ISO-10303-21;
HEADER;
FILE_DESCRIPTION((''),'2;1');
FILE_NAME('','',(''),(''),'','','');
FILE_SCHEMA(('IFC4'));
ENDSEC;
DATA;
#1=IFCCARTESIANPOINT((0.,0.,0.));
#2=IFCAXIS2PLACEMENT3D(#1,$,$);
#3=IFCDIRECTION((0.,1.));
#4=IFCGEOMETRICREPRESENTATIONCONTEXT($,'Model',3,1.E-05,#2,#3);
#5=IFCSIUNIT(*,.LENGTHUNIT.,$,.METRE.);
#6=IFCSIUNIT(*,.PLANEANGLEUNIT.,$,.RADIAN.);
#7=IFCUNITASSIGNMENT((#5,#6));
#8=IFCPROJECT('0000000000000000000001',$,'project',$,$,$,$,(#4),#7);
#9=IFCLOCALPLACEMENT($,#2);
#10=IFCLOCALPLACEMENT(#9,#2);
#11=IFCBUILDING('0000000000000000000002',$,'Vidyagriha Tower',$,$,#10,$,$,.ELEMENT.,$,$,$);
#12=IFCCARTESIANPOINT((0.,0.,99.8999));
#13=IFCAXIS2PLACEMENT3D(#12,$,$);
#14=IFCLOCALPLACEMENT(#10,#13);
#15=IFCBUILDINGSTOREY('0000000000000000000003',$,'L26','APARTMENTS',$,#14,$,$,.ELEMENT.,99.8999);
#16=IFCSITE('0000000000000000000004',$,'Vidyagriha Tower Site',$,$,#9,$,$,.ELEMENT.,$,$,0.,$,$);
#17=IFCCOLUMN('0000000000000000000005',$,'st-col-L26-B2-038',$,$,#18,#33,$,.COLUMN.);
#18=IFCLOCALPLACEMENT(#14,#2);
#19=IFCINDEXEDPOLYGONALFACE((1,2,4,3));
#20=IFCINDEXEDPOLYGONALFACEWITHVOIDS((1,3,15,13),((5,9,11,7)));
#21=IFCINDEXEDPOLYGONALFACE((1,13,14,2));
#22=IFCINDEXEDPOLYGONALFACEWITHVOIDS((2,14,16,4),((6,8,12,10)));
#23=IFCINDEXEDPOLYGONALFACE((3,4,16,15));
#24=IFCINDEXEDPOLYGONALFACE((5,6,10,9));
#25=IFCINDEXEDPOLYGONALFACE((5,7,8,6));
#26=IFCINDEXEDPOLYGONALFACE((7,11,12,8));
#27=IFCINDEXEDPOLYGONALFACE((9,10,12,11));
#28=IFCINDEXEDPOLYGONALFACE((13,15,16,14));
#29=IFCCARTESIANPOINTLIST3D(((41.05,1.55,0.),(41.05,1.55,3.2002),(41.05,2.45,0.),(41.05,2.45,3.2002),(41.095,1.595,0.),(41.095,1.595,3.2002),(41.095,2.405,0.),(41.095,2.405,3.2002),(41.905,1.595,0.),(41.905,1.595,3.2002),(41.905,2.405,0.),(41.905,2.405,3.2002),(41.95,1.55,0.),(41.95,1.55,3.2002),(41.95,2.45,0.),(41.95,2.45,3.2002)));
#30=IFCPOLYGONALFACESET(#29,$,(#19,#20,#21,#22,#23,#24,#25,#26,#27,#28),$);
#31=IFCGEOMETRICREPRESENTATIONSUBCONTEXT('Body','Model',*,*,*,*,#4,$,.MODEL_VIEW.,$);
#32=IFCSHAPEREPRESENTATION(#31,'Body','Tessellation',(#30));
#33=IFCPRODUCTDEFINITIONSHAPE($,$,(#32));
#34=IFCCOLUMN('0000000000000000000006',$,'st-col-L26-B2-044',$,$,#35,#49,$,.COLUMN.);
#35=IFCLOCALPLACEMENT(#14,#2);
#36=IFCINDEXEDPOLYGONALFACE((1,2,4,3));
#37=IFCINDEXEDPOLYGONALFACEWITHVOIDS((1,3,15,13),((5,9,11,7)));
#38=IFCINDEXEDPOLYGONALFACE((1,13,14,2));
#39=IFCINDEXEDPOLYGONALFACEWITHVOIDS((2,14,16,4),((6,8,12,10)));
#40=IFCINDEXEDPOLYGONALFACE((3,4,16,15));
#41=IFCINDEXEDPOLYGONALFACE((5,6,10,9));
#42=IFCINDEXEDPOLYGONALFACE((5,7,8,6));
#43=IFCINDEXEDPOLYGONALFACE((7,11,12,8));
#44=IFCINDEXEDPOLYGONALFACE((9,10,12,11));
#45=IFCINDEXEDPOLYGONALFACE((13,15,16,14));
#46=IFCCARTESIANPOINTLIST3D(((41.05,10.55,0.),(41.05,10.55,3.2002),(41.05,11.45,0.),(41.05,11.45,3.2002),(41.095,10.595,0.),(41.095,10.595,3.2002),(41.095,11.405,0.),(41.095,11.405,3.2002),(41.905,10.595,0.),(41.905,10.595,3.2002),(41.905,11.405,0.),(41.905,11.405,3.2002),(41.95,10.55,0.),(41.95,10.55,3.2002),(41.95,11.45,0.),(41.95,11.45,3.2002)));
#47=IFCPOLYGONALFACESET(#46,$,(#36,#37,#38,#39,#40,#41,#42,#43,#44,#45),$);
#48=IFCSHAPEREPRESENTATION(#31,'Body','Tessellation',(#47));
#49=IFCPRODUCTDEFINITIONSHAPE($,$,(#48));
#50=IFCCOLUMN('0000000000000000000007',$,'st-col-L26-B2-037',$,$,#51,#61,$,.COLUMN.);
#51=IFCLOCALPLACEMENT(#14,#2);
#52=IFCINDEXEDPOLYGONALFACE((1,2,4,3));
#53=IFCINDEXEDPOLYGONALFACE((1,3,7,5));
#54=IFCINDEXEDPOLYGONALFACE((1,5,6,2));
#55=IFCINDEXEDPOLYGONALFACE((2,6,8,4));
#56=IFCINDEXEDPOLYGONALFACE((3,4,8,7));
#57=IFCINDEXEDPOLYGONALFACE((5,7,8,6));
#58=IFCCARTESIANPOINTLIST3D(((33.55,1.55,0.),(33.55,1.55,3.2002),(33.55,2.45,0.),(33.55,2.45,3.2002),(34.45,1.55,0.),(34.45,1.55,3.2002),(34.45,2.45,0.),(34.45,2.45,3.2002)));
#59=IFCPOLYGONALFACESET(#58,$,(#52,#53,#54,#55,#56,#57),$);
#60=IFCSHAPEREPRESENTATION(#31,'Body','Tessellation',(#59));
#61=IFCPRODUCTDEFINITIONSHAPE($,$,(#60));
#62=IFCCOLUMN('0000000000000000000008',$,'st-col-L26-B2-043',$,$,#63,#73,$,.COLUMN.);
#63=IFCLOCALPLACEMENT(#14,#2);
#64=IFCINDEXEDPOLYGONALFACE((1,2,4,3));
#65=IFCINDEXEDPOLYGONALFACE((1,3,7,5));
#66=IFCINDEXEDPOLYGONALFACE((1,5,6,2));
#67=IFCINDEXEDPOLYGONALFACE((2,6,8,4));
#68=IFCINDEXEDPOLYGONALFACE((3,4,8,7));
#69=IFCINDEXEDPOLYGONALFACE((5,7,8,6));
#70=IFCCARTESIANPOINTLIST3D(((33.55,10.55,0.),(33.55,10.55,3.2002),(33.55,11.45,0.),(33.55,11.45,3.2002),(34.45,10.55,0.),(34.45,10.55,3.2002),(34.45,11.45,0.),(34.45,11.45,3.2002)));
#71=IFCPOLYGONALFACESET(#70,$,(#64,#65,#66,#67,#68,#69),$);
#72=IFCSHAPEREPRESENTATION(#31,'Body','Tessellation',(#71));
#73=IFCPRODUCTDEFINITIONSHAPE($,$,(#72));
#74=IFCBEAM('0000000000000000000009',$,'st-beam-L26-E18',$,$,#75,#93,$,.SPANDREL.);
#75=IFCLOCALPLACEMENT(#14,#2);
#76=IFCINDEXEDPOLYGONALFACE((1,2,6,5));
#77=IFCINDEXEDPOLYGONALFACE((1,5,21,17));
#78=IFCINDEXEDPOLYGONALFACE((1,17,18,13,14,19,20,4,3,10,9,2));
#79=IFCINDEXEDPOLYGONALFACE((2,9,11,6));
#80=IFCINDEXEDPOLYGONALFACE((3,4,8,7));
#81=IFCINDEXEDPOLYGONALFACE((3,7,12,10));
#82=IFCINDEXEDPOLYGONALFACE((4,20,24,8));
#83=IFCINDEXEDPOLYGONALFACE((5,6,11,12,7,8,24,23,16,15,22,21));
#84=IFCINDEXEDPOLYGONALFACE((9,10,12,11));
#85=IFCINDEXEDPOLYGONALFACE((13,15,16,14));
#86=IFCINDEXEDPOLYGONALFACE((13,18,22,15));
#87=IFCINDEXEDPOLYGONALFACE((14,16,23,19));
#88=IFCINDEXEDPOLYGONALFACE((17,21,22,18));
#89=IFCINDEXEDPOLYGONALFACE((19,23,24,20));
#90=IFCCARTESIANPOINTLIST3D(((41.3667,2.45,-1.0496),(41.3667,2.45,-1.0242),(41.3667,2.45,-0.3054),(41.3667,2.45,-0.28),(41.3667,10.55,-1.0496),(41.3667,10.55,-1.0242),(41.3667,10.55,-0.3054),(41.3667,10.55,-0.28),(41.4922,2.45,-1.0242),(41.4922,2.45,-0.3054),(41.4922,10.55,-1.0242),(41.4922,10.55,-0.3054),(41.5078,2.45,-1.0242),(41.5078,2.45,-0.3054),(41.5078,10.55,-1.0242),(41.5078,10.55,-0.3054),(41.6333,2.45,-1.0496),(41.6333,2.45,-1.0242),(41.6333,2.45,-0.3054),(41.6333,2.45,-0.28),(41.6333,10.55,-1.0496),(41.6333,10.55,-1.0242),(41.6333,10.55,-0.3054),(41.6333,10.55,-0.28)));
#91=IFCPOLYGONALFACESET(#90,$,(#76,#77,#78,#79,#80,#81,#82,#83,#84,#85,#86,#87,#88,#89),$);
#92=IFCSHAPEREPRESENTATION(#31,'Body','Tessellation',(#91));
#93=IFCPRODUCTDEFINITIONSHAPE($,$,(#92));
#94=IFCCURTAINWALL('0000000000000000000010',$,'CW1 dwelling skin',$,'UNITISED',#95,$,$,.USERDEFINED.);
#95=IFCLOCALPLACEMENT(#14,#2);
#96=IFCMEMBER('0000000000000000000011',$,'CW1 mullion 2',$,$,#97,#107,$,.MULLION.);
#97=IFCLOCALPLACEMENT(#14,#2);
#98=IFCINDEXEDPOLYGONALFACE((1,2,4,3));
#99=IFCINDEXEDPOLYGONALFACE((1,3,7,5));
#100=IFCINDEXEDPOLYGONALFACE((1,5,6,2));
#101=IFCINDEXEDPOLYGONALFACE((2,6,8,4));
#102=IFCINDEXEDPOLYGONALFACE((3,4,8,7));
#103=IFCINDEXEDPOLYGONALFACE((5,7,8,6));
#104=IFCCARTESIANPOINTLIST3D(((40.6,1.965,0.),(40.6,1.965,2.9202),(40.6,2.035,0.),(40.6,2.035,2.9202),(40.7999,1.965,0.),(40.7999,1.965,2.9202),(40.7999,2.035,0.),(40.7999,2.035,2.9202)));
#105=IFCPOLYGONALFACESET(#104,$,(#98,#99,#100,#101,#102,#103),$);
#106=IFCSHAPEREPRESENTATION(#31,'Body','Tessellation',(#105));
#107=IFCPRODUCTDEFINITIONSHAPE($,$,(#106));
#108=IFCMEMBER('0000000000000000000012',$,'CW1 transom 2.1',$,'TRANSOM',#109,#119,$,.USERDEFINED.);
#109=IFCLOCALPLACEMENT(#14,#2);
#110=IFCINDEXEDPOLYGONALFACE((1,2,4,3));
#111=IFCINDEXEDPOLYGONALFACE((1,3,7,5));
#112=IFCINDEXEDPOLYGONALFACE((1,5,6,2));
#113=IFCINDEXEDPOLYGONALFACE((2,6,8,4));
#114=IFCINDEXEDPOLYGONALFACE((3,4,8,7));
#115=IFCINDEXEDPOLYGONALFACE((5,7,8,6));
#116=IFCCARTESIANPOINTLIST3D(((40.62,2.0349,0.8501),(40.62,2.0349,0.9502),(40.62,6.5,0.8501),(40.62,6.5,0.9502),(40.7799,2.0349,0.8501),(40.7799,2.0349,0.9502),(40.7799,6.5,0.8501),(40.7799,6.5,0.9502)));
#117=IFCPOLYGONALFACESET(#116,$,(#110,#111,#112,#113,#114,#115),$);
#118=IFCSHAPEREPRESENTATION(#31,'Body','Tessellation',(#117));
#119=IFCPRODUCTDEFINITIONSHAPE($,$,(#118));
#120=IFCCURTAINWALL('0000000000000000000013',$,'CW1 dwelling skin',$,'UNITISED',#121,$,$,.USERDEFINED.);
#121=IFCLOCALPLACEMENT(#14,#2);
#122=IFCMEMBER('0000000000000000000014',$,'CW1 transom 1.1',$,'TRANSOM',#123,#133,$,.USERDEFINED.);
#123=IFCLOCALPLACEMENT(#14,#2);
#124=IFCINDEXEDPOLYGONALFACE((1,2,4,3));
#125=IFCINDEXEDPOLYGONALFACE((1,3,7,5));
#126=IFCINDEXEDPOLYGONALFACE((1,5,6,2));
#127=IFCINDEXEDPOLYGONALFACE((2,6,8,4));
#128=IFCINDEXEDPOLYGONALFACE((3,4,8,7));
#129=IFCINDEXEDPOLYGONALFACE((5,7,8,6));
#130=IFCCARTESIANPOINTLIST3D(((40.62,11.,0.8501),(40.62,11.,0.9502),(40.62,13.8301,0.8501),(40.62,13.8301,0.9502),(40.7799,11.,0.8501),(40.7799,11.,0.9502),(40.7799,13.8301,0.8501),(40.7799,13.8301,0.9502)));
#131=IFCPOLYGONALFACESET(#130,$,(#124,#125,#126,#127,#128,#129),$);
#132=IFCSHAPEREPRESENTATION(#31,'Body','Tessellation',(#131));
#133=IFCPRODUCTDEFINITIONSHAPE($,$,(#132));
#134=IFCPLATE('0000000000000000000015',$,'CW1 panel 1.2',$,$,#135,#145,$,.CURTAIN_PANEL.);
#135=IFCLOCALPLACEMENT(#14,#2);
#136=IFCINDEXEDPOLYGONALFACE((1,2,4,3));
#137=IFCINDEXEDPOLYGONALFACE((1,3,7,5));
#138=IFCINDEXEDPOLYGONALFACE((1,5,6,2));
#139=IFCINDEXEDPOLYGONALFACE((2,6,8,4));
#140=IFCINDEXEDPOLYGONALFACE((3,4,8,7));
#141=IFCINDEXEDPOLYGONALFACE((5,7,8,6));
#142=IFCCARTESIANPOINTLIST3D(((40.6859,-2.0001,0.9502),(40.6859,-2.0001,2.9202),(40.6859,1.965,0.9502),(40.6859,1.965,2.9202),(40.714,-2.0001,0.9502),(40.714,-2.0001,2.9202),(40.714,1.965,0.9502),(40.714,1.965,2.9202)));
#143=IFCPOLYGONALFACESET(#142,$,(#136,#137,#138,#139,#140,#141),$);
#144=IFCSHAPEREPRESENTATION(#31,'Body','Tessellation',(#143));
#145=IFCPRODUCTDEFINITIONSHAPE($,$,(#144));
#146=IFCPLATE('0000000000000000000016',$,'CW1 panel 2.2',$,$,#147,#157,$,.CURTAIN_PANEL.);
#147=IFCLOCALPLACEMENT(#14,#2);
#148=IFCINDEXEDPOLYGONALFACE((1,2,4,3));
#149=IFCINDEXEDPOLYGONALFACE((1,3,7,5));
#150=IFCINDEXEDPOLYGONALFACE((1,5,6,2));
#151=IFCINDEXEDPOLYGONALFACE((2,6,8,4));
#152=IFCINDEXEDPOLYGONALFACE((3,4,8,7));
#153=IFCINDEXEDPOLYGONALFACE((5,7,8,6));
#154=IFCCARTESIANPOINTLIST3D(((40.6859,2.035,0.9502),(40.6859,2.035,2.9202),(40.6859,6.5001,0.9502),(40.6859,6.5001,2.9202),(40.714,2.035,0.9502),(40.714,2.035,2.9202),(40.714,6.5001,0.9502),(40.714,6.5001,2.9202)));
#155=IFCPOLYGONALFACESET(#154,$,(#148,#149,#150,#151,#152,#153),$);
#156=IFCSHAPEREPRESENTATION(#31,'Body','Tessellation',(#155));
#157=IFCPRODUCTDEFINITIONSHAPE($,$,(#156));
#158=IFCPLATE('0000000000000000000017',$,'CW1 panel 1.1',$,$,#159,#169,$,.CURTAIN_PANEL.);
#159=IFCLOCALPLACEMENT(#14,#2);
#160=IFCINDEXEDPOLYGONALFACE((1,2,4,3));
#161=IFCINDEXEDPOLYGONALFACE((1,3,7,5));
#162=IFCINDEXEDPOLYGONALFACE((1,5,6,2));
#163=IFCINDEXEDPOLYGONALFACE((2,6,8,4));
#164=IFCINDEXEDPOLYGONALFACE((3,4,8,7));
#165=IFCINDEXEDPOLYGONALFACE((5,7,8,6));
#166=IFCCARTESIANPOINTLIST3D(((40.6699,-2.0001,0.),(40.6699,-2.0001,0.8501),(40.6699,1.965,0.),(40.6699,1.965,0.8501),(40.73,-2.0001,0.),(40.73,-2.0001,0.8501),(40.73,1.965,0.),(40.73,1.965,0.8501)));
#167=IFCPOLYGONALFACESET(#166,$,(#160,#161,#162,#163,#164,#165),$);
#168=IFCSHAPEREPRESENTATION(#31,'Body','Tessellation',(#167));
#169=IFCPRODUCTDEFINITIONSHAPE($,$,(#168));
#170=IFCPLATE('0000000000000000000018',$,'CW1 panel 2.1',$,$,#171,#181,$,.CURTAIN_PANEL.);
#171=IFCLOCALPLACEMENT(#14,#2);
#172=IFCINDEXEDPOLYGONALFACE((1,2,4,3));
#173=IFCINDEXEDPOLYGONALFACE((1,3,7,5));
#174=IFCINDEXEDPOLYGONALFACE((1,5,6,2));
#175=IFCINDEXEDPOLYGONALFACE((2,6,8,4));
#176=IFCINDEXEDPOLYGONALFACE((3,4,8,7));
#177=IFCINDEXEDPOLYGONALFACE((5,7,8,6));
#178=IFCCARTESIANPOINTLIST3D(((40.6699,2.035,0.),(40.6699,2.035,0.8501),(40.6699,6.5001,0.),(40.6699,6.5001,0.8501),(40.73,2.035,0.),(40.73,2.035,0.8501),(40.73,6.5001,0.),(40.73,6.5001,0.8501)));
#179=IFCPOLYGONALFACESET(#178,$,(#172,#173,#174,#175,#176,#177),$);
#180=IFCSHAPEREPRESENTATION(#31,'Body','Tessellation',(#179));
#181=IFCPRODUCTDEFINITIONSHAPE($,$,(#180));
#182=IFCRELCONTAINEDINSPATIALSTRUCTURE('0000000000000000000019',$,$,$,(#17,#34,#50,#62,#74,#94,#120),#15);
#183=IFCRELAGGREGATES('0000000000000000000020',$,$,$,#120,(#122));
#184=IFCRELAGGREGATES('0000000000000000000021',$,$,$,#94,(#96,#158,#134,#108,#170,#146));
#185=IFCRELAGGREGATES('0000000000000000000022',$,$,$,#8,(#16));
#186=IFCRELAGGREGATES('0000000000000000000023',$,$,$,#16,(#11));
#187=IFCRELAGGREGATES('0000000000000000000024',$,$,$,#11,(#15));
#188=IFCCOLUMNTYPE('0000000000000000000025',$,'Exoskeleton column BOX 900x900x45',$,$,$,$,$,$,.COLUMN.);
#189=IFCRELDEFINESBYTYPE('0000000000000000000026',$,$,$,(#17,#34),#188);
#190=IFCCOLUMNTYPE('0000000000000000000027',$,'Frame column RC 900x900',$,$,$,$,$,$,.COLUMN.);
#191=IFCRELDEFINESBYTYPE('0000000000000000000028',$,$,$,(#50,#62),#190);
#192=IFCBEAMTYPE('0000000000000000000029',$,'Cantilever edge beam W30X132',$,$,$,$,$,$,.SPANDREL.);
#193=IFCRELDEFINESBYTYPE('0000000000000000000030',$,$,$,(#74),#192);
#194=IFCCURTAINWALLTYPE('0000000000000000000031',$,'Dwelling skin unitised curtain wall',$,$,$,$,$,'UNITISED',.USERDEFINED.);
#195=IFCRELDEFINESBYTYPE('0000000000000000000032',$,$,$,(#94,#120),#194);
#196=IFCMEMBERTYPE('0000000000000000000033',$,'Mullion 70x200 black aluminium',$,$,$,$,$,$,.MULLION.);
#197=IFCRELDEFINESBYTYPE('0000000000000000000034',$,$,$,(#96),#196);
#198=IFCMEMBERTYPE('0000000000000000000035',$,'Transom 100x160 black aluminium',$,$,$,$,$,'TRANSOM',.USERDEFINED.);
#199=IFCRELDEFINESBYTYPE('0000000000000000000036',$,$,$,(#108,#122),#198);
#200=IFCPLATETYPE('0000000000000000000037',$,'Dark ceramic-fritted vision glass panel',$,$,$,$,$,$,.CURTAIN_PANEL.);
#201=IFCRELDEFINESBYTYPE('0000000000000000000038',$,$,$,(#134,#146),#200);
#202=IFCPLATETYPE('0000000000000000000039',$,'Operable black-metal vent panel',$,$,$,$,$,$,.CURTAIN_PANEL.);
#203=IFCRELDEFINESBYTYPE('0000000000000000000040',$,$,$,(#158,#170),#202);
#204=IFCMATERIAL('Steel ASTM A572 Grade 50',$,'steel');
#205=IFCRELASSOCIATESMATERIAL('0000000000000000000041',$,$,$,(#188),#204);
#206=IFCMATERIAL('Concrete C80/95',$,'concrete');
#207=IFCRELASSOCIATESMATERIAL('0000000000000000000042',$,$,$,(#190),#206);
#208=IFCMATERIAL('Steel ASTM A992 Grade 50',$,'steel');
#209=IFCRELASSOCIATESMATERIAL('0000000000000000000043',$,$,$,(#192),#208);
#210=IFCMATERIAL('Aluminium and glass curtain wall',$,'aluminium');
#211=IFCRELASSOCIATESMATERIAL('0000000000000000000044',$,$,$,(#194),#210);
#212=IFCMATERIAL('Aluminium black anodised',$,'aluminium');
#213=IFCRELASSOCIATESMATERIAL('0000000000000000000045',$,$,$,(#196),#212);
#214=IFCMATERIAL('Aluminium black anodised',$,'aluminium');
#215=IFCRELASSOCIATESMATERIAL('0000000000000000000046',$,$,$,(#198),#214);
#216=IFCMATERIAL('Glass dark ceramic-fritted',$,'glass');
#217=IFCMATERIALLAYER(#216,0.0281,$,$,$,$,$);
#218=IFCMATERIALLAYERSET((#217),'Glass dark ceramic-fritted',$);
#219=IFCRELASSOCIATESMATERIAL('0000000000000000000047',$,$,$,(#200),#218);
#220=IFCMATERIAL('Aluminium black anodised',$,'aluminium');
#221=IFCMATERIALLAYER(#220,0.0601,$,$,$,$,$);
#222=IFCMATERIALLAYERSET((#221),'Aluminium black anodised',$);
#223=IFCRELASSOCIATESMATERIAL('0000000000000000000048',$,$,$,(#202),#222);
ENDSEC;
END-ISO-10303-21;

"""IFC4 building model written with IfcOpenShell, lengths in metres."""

from ifc_helpers import new_model, si_unit, direction, frame, origin, origin_2d, place, context, subcontext, project, spatial, rectangle, hollow_rectangle, i_section, extrude, material, layer, layer_set, material_profile, profile_set, type_object, element, aggregate, save


model = new_model("IFC4")

# Units and contexts
model_context = context("Model", 3, precision=1e-05, world=origin(), true_north=direction((0.0, 1.0)))
body_context = subcontext(model_context, "Body", "Model", "MODEL_VIEW")
ifc_project = project(units=[si_unit("LENGTHUNIT", "METRE"), si_unit("PLANEANGLEUNIT", "RADIAN")], contexts=[model_context])

# Site, building, storey
site_placement = place(None, origin())
site = spatial("IfcSite", under=ifc_project, at=site_placement, Name="Vidyagriha Tower Site", CompositionType="ELEMENT", RefElevation=0.0)
building_placement = place(site_placement, origin())
building = spatial("IfcBuilding", under=site, at=building_placement, Name="Vidyagriha Tower", CompositionType="ELEMENT")
storey_placement = place(building_placement, frame((0.0, 0.0, 99.8999)))
storey = spatial("IfcBuildingStorey", under=building, at=storey_placement, Name="L26", Description="APARTMENTS", CompositionType="ELEMENT", Elevation=99.8999)

# Columns
ifc_material_1 = material(Name="Steel ASTM A572 Grade 50", Category="steel")
ifc_material_profile_1 = material_profile(ifc_material_1, hollow_rectangle(XDim=0.8999, YDim=0.8999, WallThickness=0.0449, at=origin_2d()), Name="BOX 900x900x45")
ifc_profile_set_1 = profile_set([ifc_material_profile_1], Name="Steel ASTM A572 Grade 50")
column_type_1 = type_object("IfcColumnType", Name="Exoskeleton column BOX 900x900x45", PredefinedType="COLUMN", material=ifc_profile_set_1)
for number, where, name in (
    (1, (41.5, 2.0, 0.0), "st-col-L26-B2-038"),
    (2, (41.5, 11.0, 0.0), "st-col-L26-B2-044"),
):
    element("IfcColumn", number, at=place(storey_placement, frame(where)), inside=storey, type_object=column_type_1, Name=name, PredefinedType="COLUMN", context=body_context, shape_type="SweptSolid", body=[
        extrude(hollow_rectangle(XDim=0.8999, YDim=0.8999, WallThickness=0.0449, at=origin_2d()), origin(), (0.0, 0.0, 1.0), 3.2002),
    ])
ifc_material_2 = material(Name="Concrete C80/95", Category="concrete")
ifc_material_profile_2 = material_profile(ifc_material_2, rectangle(XDim=0.8999, YDim=0.8999, at=origin_2d()), Name="RC 900x900")
ifc_profile_set_2 = profile_set([ifc_material_profile_2], Name="Concrete C80/95")
column_type_2 = type_object("IfcColumnType", Name="Frame column RC 900x900", PredefinedType="COLUMN", material=ifc_profile_set_2)
for number, where, name in (
    (3, (34.0, 2.0, 0.0), "st-col-L26-B2-037"),
    (4, (34.0, 11.0, 0.0), "st-col-L26-B2-043"),
):
    element("IfcColumn", number, at=place(storey_placement, frame(where)), inside=storey, type_object=column_type_2, Name=name, PredefinedType="COLUMN", context=body_context, shape_type="SweptSolid", body=[
        extrude(rectangle(XDim=0.8999, YDim=0.8999, at=origin_2d()), origin(), (0.0, 0.0, 1.0), 3.2002),
    ])

# Beam
ifc_material_3 = material(Name="Steel ASTM A992 Grade 50", Category="steel")
ifc_material_profile_3 = material_profile(ifc_material_3, i_section(OverallWidth=0.2666, OverallDepth=0.7695, WebThickness=0.0156, FlangeThickness=0.0254, at=origin_2d()), Name="W30X132")
ifc_profile_set_3 = profile_set([ifc_material_profile_3], Name="Steel ASTM A992 Grade 50")
beam_type = type_object("IfcBeamType", Name="Cantilever edge beam W30X132", PredefinedType="SPANDREL", material=ifc_profile_set_3)
beam_placement = place(storey_placement, frame((41.5, 2.45, -0.6648), z_axis=(0.0, 1.0, 0.0), x_axis=(-1.0, 0.0, 0.0)))
element("IfcBeam", 5, at=beam_placement, inside=storey, type_object=beam_type, Name="st-beam-L26-E18", PredefinedType="SPANDREL", context=body_context, shape_type="SweptSolid", body=[
    extrude(i_section(OverallWidth=0.2666, OverallDepth=0.7695, WebThickness=0.0156, FlangeThickness=0.0254, at=origin_2d()), origin(), (0.0, 0.0, 1.0), 8.1001),
])

# Curtain wall, members
ifc_material_4 = material(Name="Aluminium and glass curtain wall", Category="aluminium")
curtain_wall_type = type_object("IfcCurtainWallType", Name="Dwelling skin unitised curtain wall", ElementType="UNITISED", PredefinedType="USERDEFINED", material=ifc_material_4)
curtain_wall_1_placement = place(storey_placement, origin())
curtain_wall_1 = element("IfcCurtainWall", 6, at=curtain_wall_1_placement, inside=storey, type_object=curtain_wall_type, Name="CW1 dwelling skin", ObjectType="UNITISED", PredefinedType="USERDEFINED")
ifc_material_5 = material(Name="Aluminium black anodised", Category="aluminium")
ifc_material_profile_4 = material_profile(ifc_material_5, rectangle(XDim=0.2, YDim=0.0701, at=origin_2d()), Name="Mullion 70x200 black aluminium")
ifc_profile_set_4 = profile_set([ifc_material_profile_4], Name="Aluminium black anodised")
member_type_1 = type_object("IfcMemberType", Name="Mullion 70x200 black aluminium", PredefinedType="MULLION", material=ifc_profile_set_4)
member_1_placement = place(storey_placement, frame((40.7, 2.0, 0.0), z_axis=(0.0, 0.0, 1.0), x_axis=(-1.0, 0.0, 0.0)))
member_1 = element("IfcMember", 7, at=member_1_placement, type_object=member_type_1, Name="CW1 mullion 2", PredefinedType="MULLION", context=body_context, shape_type="SweptSolid", body=[
    extrude(rectangle(XDim=0.2, YDim=0.0701, at=origin_2d()), origin(), (0.0, 0.0, 1.0), 2.9202),
])
ifc_material_6 = material(Name="Aluminium black anodised", Category="aluminium")
ifc_material_profile_5 = material_profile(ifc_material_6, rectangle(XDim=0.1599, YDim=0.1001, at=origin_2d()), Name="Transom 100x160 black aluminium")
ifc_profile_set_5 = profile_set([ifc_material_profile_5], Name="Aluminium black anodised")
member_type_2 = type_object("IfcMemberType", Name="Transom 100x160 black aluminium", ElementType="TRANSOM", PredefinedType="USERDEFINED", material=ifc_profile_set_5)
member_2_placement = place(storey_placement, frame((40.7, 2.0349, 0.9001), z_axis=(0.0, 1.0, 0.0), x_axis=(-1.0, 0.0, 0.0)))
member_2 = element("IfcMember", 8, at=member_2_placement, type_object=member_type_2, Name="CW1 transom 2.1", ObjectType="TRANSOM", PredefinedType="USERDEFINED", context=body_context, shape_type="SweptSolid", body=[
    extrude(rectangle(XDim=0.1599, YDim=0.1001, at=origin_2d()), origin(), (0.0, 0.0, 1.0), 4.4651),
])

# Curtain wall, member
curtain_wall_2_placement = place(storey_placement, origin())
curtain_wall_2 = element("IfcCurtainWall", 9, at=curtain_wall_2_placement, inside=storey, type_object=curtain_wall_type, Name="CW1 dwelling skin", ObjectType="UNITISED", PredefinedType="USERDEFINED")
member_3_placement = place(storey_placement, frame((40.7, 11.0, 0.9001), z_axis=(0.0, 1.0, 0.0), x_axis=(-1.0, 0.0, 0.0)))
member_3 = element("IfcMember", 10, at=member_3_placement, type_object=member_type_2, Name="CW1 transom 1.1", ObjectType="TRANSOM", PredefinedType="USERDEFINED", context=body_context, shape_type="SweptSolid", body=[
    extrude(rectangle(XDim=0.1599, YDim=0.1001, at=origin_2d()), origin(), (0.0, 0.0, 1.0), 2.8301),
])
aggregate(curtain_wall_2, [member_3])

# Plates
ifc_material_7 = material(Name="Glass dark ceramic-fritted", Category="glass")
ifc_layer_1 = layer(ifc_material_7, 0.0281)
ifc_layer_set_1 = layer_set([ifc_layer_1], Name="Glass dark ceramic-fritted")
plate_type_1 = type_object("IfcPlateType", Name="Dark ceramic-fritted vision glass panel", PredefinedType="CURTAIN_PANEL", material=ifc_layer_set_1)
plate_1_placement = place(storey_placement, frame((40.7, -0.0176, 0.9502), z_axis=(0.0, 0.0, 1.0), x_axis=(0.0, 1.0, 0.0)))
plate_1 = element("IfcPlate", 11, at=plate_1_placement, type_object=plate_type_1, Name="CW1 panel 1.2", PredefinedType="CURTAIN_PANEL", context=body_context, shape_type="SweptSolid", body=[
    extrude(rectangle(XDim=3.9651, YDim=0.0281, at=origin_2d()), origin(), (0.0, 0.0, 1.0), 1.97),
])
plate_2_placement = place(storey_placement, frame((40.7, 4.2676, 0.9502), z_axis=(0.0, 0.0, 1.0), x_axis=(0.0, 1.0, 0.0)))
plate_2 = element("IfcPlate", 12, at=plate_2_placement, type_object=plate_type_1, Name="CW1 panel 2.2", PredefinedType="CURTAIN_PANEL", context=body_context, shape_type="SweptSolid", body=[
    extrude(rectangle(XDim=4.4651, YDim=0.0281, at=origin_2d()), origin(), (0.0, 0.0, 1.0), 1.97),
])
ifc_material_8 = material(Name="Aluminium black anodised", Category="aluminium")
ifc_layer_2 = layer(ifc_material_8, 0.0601)
ifc_layer_set_2 = layer_set([ifc_layer_2], Name="Aluminium black anodised")
plate_type_2 = type_object("IfcPlateType", Name="Operable black-metal vent panel", PredefinedType="CURTAIN_PANEL", material=ifc_layer_set_2)
plate_3_placement = place(storey_placement, frame((40.7, -0.0176, 0.0), z_axis=(0.0, 0.0, 1.0), x_axis=(0.0, 1.0, 0.0)))
plate_3 = element("IfcPlate", 13, at=plate_3_placement, type_object=plate_type_2, Name="CW1 panel 1.1", PredefinedType="CURTAIN_PANEL", context=body_context, shape_type="SweptSolid", body=[
    extrude(rectangle(XDim=3.9651, YDim=0.0601, at=origin_2d()), origin(), (0.0, 0.0, 1.0), 0.8501),
])
plate_4_placement = place(storey_placement, frame((40.7, 4.2676, 0.0), z_axis=(0.0, 0.0, 1.0), x_axis=(0.0, 1.0, 0.0)))
plate_4 = element("IfcPlate", 14, at=plate_4_placement, type_object=plate_type_2, Name="CW1 panel 2.1", PredefinedType="CURTAIN_PANEL", context=body_context, shape_type="SweptSolid", body=[
    extrude(rectangle(XDim=4.4651, YDim=0.0601, at=origin_2d()), origin(), (0.0, 0.0, 1.0), 0.8501),
])
aggregate(curtain_wall_1, [member_1, plate_3, plate_1, member_2, plate_4, plate_2])

save(model, "model.ifc")
